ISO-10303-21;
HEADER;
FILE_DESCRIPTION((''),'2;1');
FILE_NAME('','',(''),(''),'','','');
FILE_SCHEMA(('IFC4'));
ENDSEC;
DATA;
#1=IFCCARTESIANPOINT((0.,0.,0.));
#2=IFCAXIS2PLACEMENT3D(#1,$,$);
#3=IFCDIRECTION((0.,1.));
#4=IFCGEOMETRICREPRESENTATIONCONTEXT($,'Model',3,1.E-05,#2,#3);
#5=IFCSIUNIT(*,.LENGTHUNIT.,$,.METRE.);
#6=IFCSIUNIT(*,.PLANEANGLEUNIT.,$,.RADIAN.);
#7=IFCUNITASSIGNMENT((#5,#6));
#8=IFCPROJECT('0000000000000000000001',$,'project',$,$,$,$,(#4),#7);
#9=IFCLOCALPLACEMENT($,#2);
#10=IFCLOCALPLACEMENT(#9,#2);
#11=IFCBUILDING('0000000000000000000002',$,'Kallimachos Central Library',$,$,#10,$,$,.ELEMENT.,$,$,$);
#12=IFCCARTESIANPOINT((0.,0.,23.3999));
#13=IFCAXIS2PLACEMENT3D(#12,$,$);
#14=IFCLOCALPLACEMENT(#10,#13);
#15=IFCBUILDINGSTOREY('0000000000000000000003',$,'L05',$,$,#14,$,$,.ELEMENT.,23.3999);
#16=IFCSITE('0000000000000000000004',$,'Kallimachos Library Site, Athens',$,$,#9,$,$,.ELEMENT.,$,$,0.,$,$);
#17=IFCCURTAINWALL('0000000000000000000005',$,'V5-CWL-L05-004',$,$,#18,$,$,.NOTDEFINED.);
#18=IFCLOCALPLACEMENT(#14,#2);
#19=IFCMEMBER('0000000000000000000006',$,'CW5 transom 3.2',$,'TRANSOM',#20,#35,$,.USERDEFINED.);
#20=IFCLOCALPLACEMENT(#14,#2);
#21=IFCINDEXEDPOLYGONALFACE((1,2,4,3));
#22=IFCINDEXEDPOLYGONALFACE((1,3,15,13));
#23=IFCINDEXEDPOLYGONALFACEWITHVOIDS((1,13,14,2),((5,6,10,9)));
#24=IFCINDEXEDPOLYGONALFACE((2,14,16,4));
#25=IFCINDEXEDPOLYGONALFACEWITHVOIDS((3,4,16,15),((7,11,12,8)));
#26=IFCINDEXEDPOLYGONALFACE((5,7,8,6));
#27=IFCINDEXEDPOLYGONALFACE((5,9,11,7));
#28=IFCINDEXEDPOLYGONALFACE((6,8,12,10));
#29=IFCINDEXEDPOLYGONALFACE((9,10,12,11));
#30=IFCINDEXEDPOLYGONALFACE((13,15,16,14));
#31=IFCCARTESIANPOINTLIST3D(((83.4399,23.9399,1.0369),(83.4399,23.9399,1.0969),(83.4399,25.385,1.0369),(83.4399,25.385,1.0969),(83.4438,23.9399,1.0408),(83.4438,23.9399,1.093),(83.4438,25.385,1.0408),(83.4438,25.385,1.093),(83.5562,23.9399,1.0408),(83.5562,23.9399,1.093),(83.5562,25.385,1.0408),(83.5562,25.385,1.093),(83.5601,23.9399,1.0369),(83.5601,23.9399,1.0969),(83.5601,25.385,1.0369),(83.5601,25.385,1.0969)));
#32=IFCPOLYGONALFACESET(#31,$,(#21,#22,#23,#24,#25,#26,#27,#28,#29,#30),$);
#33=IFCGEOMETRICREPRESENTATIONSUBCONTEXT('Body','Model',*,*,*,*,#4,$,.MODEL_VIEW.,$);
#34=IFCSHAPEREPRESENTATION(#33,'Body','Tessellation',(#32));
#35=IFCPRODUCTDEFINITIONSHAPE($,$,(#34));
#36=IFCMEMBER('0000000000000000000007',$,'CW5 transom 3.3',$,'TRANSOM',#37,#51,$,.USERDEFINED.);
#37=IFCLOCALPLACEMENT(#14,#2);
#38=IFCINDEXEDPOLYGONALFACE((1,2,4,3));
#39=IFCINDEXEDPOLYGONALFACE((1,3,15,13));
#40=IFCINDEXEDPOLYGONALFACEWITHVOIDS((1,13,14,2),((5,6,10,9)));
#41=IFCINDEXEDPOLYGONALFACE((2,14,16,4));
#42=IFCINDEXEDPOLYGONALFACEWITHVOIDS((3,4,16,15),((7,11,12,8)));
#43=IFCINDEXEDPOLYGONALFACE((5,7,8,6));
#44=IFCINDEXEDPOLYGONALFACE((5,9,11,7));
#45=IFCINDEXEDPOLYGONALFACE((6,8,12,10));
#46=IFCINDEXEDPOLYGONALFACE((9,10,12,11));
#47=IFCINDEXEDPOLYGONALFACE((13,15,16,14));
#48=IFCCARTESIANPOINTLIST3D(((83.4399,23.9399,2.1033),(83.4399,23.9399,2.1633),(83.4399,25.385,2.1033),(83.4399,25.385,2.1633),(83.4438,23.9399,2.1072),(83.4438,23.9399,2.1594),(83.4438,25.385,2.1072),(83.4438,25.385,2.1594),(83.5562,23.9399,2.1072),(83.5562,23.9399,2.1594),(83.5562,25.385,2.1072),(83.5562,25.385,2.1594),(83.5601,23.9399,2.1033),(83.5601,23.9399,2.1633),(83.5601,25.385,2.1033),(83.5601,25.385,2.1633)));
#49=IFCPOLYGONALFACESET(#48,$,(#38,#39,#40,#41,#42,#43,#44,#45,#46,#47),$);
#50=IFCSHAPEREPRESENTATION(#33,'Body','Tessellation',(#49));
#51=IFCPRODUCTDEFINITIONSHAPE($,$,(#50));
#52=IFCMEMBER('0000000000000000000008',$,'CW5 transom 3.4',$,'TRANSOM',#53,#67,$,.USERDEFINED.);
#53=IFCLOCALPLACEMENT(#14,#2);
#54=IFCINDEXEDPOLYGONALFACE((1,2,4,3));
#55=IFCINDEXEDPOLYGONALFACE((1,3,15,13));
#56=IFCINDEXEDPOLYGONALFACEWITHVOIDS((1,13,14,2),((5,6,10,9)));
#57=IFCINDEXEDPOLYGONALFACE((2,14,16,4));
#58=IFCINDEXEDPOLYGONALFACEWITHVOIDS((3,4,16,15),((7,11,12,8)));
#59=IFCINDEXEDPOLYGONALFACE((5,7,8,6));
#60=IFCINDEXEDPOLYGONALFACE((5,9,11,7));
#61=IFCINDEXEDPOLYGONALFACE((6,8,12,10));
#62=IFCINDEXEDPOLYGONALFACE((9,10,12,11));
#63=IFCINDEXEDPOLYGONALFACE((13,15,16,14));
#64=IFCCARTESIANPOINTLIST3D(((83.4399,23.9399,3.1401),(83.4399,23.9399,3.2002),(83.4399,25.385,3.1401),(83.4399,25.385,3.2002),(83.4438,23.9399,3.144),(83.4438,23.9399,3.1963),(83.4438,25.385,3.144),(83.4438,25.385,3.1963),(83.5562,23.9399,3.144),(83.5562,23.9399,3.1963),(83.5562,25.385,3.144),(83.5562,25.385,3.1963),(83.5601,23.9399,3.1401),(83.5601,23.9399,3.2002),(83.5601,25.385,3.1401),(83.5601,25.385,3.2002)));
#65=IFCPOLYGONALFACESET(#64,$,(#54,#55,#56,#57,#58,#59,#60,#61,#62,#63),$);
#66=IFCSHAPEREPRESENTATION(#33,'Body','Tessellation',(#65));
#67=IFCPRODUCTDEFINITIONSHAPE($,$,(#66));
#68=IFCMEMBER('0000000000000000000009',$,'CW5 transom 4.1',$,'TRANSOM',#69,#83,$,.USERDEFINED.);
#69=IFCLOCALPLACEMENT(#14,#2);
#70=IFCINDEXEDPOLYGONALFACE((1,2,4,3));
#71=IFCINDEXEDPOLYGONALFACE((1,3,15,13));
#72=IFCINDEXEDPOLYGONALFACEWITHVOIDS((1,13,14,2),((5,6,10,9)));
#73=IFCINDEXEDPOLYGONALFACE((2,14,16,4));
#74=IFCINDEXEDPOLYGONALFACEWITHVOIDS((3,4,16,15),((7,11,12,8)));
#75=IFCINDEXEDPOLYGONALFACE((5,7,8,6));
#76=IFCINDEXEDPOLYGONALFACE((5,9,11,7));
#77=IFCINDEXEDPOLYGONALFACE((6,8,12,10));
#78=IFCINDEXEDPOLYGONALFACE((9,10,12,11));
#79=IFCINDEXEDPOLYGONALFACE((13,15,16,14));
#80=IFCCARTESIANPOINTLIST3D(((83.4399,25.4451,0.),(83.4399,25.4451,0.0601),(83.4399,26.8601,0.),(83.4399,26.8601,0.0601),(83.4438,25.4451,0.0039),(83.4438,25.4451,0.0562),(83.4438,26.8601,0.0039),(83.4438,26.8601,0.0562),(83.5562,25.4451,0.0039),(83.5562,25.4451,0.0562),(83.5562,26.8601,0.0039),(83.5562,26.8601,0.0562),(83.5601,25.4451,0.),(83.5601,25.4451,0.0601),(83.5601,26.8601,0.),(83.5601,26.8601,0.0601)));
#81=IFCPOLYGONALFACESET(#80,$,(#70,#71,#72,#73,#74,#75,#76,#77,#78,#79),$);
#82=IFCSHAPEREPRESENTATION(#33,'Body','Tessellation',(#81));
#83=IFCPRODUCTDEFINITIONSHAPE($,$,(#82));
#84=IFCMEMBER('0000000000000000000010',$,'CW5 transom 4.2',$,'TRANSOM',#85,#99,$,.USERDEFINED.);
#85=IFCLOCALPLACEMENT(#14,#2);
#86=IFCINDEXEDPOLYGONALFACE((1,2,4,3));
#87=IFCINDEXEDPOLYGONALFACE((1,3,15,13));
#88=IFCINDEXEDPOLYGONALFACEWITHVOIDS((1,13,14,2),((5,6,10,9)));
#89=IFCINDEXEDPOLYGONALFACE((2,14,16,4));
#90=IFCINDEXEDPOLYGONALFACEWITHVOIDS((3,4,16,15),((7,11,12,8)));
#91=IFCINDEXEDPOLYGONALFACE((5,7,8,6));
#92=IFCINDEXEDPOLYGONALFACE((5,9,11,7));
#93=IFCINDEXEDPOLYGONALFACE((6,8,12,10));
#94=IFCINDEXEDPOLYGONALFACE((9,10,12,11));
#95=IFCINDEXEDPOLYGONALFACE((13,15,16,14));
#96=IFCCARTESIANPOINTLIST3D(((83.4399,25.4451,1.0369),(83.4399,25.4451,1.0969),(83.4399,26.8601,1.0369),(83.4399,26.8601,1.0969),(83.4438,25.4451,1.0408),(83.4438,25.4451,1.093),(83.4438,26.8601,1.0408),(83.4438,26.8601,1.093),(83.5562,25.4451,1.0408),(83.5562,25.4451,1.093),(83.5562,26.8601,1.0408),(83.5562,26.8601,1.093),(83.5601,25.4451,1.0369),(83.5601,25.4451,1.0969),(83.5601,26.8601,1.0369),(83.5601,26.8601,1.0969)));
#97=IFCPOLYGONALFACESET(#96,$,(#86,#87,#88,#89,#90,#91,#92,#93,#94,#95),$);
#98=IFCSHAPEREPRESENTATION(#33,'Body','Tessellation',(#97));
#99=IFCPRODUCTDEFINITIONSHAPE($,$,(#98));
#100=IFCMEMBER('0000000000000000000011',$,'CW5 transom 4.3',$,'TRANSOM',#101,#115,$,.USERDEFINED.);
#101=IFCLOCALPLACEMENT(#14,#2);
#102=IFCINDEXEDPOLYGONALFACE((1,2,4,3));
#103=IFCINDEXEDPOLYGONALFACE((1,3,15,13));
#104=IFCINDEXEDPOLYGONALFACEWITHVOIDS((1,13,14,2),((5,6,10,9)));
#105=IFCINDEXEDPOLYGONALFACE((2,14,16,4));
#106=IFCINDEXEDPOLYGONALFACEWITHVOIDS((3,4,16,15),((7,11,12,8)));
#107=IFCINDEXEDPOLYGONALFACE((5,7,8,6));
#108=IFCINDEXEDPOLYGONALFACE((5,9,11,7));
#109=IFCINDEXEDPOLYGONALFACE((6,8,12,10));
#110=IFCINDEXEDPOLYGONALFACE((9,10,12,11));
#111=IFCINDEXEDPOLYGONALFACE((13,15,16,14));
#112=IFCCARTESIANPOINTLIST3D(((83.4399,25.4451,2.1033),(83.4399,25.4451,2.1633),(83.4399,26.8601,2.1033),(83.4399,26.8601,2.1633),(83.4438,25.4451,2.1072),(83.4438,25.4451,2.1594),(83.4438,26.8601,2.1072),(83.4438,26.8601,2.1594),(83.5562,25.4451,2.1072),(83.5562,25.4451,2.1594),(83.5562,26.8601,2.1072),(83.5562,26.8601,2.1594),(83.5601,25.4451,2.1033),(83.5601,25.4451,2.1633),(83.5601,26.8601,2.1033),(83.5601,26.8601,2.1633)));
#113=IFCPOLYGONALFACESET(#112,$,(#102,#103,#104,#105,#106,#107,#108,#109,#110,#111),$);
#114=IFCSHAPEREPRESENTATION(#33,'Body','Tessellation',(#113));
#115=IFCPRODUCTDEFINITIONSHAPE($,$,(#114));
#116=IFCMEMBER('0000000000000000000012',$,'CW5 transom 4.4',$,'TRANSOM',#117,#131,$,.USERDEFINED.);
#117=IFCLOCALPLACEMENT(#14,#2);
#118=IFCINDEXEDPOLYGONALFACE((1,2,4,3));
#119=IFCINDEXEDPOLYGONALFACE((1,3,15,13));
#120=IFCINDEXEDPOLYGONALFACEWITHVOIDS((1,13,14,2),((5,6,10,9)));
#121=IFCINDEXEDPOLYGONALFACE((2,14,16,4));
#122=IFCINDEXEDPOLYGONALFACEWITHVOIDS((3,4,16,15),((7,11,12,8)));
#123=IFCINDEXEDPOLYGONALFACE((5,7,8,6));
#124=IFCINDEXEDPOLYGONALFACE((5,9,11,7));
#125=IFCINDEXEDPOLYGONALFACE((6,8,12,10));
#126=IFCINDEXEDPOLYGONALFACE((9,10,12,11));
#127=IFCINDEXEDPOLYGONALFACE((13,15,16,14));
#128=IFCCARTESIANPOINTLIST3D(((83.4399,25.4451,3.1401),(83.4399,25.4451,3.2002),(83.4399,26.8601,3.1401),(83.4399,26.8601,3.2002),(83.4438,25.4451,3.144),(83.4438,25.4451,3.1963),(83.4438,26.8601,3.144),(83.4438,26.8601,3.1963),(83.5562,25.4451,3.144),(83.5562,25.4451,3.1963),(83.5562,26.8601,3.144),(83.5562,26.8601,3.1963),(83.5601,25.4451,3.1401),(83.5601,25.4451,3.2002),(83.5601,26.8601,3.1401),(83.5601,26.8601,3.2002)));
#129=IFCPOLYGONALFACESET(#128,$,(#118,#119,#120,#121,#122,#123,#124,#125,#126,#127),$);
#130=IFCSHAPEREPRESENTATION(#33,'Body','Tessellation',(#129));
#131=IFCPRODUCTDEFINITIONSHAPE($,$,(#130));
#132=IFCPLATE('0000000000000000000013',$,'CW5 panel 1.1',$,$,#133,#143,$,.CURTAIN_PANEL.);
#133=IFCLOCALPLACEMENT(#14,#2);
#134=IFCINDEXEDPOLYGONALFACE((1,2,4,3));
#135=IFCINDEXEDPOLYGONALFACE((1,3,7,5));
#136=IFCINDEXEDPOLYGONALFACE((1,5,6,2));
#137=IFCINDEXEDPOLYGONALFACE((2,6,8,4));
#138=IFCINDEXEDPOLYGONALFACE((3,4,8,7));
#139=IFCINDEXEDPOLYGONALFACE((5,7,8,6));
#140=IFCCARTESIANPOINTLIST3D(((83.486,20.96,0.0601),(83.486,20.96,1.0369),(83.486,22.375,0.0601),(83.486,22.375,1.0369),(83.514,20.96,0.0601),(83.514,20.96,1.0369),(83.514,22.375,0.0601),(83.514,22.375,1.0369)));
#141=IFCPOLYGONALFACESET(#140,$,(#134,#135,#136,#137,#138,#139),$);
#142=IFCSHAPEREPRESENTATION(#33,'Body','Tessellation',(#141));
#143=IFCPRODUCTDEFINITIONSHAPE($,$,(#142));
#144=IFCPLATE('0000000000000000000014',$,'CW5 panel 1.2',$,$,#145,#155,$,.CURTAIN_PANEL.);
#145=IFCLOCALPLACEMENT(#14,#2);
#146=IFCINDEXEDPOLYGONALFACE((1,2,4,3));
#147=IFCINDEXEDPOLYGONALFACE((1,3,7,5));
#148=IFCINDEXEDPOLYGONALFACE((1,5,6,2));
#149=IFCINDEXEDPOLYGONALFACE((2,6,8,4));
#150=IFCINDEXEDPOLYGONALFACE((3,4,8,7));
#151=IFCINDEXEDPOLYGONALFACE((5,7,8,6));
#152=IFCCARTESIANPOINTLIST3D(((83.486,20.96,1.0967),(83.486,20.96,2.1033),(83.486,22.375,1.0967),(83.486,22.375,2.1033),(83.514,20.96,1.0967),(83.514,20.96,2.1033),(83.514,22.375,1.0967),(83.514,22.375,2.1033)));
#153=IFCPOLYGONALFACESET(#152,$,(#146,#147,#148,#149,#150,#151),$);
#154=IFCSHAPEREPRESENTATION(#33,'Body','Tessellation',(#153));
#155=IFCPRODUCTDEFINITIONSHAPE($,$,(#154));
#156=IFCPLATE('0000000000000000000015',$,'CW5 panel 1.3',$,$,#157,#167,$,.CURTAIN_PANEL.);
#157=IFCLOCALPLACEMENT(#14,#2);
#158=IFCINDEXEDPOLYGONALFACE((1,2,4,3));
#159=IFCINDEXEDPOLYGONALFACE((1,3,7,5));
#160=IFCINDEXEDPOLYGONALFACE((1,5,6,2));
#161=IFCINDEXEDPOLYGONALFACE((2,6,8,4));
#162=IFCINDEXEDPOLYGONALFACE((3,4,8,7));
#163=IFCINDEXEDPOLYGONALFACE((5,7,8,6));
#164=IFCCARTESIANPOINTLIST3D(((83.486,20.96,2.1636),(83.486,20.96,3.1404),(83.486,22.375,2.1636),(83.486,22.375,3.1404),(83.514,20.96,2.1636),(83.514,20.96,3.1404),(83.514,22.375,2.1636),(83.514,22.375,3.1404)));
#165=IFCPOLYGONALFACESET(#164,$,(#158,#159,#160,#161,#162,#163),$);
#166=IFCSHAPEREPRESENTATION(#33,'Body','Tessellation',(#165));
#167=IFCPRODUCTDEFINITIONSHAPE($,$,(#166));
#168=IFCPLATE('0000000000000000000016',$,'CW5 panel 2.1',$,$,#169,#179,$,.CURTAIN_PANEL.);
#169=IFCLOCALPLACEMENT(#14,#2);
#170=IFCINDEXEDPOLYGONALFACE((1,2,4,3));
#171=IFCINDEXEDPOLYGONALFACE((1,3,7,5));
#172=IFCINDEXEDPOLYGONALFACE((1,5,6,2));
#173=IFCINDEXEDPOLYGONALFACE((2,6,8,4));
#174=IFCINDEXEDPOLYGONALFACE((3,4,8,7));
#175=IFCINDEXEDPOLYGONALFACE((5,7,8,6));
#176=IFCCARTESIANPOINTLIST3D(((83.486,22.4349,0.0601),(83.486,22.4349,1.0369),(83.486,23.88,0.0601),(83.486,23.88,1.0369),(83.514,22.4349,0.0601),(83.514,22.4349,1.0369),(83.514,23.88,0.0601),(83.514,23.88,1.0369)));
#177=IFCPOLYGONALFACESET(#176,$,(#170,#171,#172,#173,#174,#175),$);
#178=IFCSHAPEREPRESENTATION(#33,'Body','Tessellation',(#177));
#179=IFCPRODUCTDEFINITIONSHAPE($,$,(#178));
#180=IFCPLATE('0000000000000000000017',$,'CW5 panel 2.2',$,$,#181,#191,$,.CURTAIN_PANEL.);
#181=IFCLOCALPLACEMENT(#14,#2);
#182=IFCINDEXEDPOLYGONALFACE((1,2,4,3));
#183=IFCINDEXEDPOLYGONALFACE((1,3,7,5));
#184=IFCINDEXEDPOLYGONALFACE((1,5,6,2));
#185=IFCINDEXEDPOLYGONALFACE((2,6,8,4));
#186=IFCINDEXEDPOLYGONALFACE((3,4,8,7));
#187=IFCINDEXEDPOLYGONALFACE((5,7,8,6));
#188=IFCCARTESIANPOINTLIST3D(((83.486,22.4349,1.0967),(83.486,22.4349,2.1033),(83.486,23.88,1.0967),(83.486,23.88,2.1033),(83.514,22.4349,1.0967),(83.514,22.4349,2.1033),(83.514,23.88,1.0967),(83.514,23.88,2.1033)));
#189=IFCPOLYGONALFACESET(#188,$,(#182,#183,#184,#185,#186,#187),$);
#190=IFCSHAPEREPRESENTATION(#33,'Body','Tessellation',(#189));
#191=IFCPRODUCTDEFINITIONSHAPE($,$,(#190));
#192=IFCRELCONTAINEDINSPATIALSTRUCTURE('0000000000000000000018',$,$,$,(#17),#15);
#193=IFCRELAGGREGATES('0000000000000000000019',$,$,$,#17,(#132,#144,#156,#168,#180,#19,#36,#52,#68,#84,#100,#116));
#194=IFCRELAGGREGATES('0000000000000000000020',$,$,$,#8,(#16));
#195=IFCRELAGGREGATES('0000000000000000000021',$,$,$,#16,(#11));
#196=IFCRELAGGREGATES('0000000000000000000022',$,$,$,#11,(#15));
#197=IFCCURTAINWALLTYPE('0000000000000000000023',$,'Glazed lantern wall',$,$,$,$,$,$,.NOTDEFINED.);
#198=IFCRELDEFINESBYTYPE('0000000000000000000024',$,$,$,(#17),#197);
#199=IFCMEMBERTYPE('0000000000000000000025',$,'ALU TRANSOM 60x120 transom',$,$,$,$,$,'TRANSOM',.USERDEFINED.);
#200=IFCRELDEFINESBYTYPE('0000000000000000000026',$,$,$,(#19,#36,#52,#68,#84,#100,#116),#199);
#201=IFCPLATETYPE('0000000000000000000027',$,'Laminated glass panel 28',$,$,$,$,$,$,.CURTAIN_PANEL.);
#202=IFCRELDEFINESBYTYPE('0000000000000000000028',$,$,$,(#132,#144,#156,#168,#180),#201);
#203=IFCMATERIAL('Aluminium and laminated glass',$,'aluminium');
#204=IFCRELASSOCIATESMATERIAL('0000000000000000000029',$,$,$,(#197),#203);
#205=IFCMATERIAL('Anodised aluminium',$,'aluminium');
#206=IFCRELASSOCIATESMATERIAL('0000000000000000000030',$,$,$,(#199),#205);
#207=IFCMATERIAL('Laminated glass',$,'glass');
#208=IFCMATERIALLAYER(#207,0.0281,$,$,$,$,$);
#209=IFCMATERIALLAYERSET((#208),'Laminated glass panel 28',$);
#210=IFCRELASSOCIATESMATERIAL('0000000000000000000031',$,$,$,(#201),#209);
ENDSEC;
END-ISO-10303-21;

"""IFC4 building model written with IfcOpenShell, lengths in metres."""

from ifc_helpers import new_model, si_unit, direction, frame, origin, origin_2d, place, context, subcontext, project, spatial, rectangle, hollow_rectangle, extrude, material, layer, layer_set, material_profile, profile_set, type_object, element, aggregate, save


model = new_model("IFC4")

# Units and contexts
model_context = context("Model", 3, precision=1e-05, world=origin(), true_north=direction((0.0, 1.0)))
body_context = subcontext(model_context, "Body", "Model", "MODEL_VIEW")
ifc_project = project(units=[si_unit("LENGTHUNIT", "METRE"), si_unit("PLANEANGLEUNIT", "RADIAN")], contexts=[model_context])

# Site, building, storey
site_placement = place(None, origin())
site = spatial("IfcSite", under=ifc_project, at=site_placement, Name="Kallimachos Library Site, Athens", CompositionType="ELEMENT", RefElevation=0.0)
building_placement = place(site_placement, origin())
building = spatial("IfcBuilding", under=site, at=building_placement, Name="Kallimachos Central Library", CompositionType="ELEMENT")
storey_placement = place(building_placement, frame((0.0, 0.0, 23.3999)))
storey = spatial("IfcBuildingStorey", under=building, at=storey_placement, Name="L05", CompositionType="ELEMENT", Elevation=23.3999)

# Curtain wall, members, plates
ifc_material_1 = material(Name="Aluminium and laminated glass", Category="aluminium")
curtain_wall_type = type_object("IfcCurtainWallType", Name="Glazed lantern wall", PredefinedType="NOTDEFINED", material=ifc_material_1)
curtain_wall_placement = place(storey_placement, origin())
curtain_wall = element("IfcCurtainWall", 1, at=curtain_wall_placement, inside=storey, type_object=curtain_wall_type, Name="V5-CWL-L05-004", PredefinedType="NOTDEFINED")
ifc_material_2 = material(Name="Anodised aluminium", Category="aluminium")
ifc_material_profile_1 = material_profile(ifc_material_2, hollow_rectangle(XDim=0.0601, YDim=0.1201, WallThickness=0.0039, at=origin_2d()), Name="ALU TRANSOM 60x120")
ifc_profile_set_1 = profile_set([ifc_material_profile_1], Name="Anodised aluminium")
member_type_1 = type_object("IfcMemberType", Name="ALU TRANSOM 60x120 transom", ElementType="TRANSOM", PredefinedType="USERDEFINED", material=ifc_profile_set_1)
member_1_placement = place(storey_placement, frame((83.5, 23.9399, 1.0669), z_axis=(0.0, 1.0, 0.0), x_axis=(0.0, 0.0, 1.0)))
member_1 = element("IfcMember", 2, at=member_1_placement, type_object=member_type_1, Name="CW5 transom 3.2", ObjectType="TRANSOM", PredefinedType="USERDEFINED", context=body_context, shape_type="SweptSolid", body=[
    extrude(hollow_rectangle(XDim=0.0601, YDim=0.1201, WallThickness=0.0039, at=origin_2d()), origin(), (0.0, 0.0, 1.0), 1.4451),
])
member_2_placement = place(storey_placement, frame((83.5, 23.9399, 2.1333), z_axis=(0.0, 1.0, 0.0), x_axis=(0.0, 0.0, 1.0)))
member_2 = element("IfcMember", 3, at=member_2_placement, type_object=member_type_1, Name="CW5 transom 3.3", ObjectType="TRANSOM", PredefinedType="USERDEFINED", context=body_context, shape_type="SweptSolid", body=[
    extrude(hollow_rectangle(XDim=0.0601, YDim=0.1201, WallThickness=0.0039, at=origin_2d()), origin(), (0.0, 0.0, 1.0), 1.4451),
])
member_3_placement = place(storey_placement, frame((83.5, 23.9399, 3.1702), z_axis=(0.0, 1.0, 0.0), x_axis=(0.0, 0.0, 1.0)))
member_3 = element("IfcMember", 4, at=member_3_placement, type_object=member_type_1, Name="CW5 transom 3.4", ObjectType="TRANSOM", PredefinedType="USERDEFINED", context=body_context, shape_type="SweptSolid", body=[
    extrude(hollow_rectangle(XDim=0.0601, YDim=0.1201, WallThickness=0.0039, at=origin_2d()), origin(), (0.0, 0.0, 1.0), 1.4451),
])
member_4_placement = place(storey_placement, frame((83.5, 25.4451, 0.03), z_axis=(0.0, 1.0, 0.0), x_axis=(0.0, 0.0, 1.0)))
member_4 = element("IfcMember", 5, at=member_4_placement, type_object=member_type_1, Name="CW5 transom 4.1", ObjectType="TRANSOM", PredefinedType="USERDEFINED", context=body_context, shape_type="SweptSolid", body=[
    extrude(hollow_rectangle(XDim=0.0601, YDim=0.1201, WallThickness=0.0039, at=origin_2d()), origin(), (0.0, 0.0, 1.0), 1.415),
])
member_5_placement = place(storey_placement, frame((83.5, 25.4451, 1.0669), z_axis=(0.0, 1.0, 0.0), x_axis=(0.0, 0.0, 1.0)))
member_5 = element("IfcMember", 6, at=member_5_placement, type_object=member_type_1, Name="CW5 transom 4.2", ObjectType="TRANSOM", PredefinedType="USERDEFINED", context=body_context, shape_type="SweptSolid", body=[
    extrude(hollow_rectangle(XDim=0.0601, YDim=0.1201, WallThickness=0.0039, at=origin_2d()), origin(), (0.0, 0.0, 1.0), 1.415),
])
member_6_placement = place(storey_placement, frame((83.5, 25.4451, 2.1333), z_axis=(0.0, 1.0, 0.0), x_axis=(0.0, 0.0, 1.0)))
member_6 = element("IfcMember", 7, at=member_6_placement, type_object=member_type_1, Name="CW5 transom 4.3", ObjectType="TRANSOM", PredefinedType="USERDEFINED", context=body_context, shape_type="SweptSolid", body=[
    extrude(hollow_rectangle(XDim=0.0601, YDim=0.1201, WallThickness=0.0039, at=origin_2d()), origin(), (0.0, 0.0, 1.0), 1.415),
])
member_7_placement = place(storey_placement, frame((83.5, 25.4451, 3.1702), z_axis=(0.0, 1.0, 0.0), x_axis=(0.0, 0.0, 1.0)))
member_7 = element("IfcMember", 8, at=member_7_placement, type_object=member_type_1, Name="CW5 transom 4.4", ObjectType="TRANSOM", PredefinedType="USERDEFINED", context=body_context, shape_type="SweptSolid", body=[
    extrude(hollow_rectangle(XDim=0.0601, YDim=0.1201, WallThickness=0.0039, at=origin_2d()), origin(), (0.0, 0.0, 1.0), 1.415),
])
ifc_material_3 = material(Name="Laminated glass", Category="glass")
ifc_layer_1 = layer(ifc_material_3, 0.0281)
ifc_layer_set_1 = layer_set([ifc_layer_1], Name="Laminated glass panel 28")
plate_type = type_object("IfcPlateType", Name="Laminated glass panel 28", PredefinedType="CURTAIN_PANEL", material=ifc_layer_set_1)
plate_1_placement = place(storey_placement, frame((83.5, 21.6675, 0.0601), z_axis=(0.0, 0.0, 1.0), x_axis=(0.0, 1.0, 0.0)))
plate_1 = element("IfcPlate", 9, at=plate_1_placement, type_object=plate_type, Name="CW5 panel 1.1", PredefinedType="CURTAIN_PANEL", context=body_context, shape_type="SweptSolid", body=[
    extrude(rectangle(XDim=1.415, YDim=0.0281, at=origin_2d()), origin(), (0.0, 0.0, 1.0), 0.9768),
])
plate_2_placement = place(storey_placement, frame((83.5, 21.6675, 1.0967), z_axis=(0.0, 0.0, 1.0), x_axis=(0.0, 1.0, 0.0)))
plate_2 = element("IfcPlate", 10, at=plate_2_placement, type_object=plate_type, Name="CW5 panel 1.2", PredefinedType="CURTAIN_PANEL", context=body_context, shape_type="SweptSolid", body=[
    extrude(rectangle(XDim=1.415, YDim=0.0281, at=origin_2d()), origin(), (0.0, 0.0, 1.0), 1.0066),
])
plate_3_placement = place(storey_placement, frame((83.5, 21.6675, 2.1636), z_axis=(0.0, 0.0, 1.0), x_axis=(0.0, 1.0, 0.0)))
plate_3 = element("IfcPlate", 11, at=plate_3_placement, type_object=plate_type, Name="CW5 panel 1.3", PredefinedType="CURTAIN_PANEL", context=body_context, shape_type="SweptSolid", body=[
    extrude(rectangle(XDim=1.415, YDim=0.0281, at=origin_2d()), origin(), (0.0, 0.0, 1.0), 0.9768),
])
plate_4_placement = place(storey_placement, frame((83.5, 23.1575, 0.0601), z_axis=(0.0, 0.0, 1.0), x_axis=(0.0, 1.0, 0.0)))
plate_4 = element("IfcPlate", 12, at=plate_4_placement, type_object=plate_type, Name="CW5 panel 2.1", PredefinedType="CURTAIN_PANEL", context=body_context, shape_type="SweptSolid", body=[
    extrude(rectangle(XDim=1.4451, YDim=0.0281, at=origin_2d()), origin(), (0.0, 0.0, 1.0), 0.9768),
])
plate_5_placement = place(storey_placement, frame((83.5, 23.1575, 1.0967), z_axis=(0.0, 0.0, 1.0), x_axis=(0.0, 1.0, 0.0)))
plate_5 = element("IfcPlate", 13, at=plate_5_placement, type_object=plate_type, Name="CW5 panel 2.2", PredefinedType="CURTAIN_PANEL", context=body_context, shape_type="SweptSolid", body=[
    extrude(rectangle(XDim=1.4451, YDim=0.0281, at=origin_2d()), origin(), (0.0, 0.0, 1.0), 1.0066),
])
aggregate(curtain_wall, [plate_1, plate_2, plate_3, plate_4, plate_5, member_1, member_2, member_3, member_4, member_5, member_6, member_7])

save(model, "model.ifc")
